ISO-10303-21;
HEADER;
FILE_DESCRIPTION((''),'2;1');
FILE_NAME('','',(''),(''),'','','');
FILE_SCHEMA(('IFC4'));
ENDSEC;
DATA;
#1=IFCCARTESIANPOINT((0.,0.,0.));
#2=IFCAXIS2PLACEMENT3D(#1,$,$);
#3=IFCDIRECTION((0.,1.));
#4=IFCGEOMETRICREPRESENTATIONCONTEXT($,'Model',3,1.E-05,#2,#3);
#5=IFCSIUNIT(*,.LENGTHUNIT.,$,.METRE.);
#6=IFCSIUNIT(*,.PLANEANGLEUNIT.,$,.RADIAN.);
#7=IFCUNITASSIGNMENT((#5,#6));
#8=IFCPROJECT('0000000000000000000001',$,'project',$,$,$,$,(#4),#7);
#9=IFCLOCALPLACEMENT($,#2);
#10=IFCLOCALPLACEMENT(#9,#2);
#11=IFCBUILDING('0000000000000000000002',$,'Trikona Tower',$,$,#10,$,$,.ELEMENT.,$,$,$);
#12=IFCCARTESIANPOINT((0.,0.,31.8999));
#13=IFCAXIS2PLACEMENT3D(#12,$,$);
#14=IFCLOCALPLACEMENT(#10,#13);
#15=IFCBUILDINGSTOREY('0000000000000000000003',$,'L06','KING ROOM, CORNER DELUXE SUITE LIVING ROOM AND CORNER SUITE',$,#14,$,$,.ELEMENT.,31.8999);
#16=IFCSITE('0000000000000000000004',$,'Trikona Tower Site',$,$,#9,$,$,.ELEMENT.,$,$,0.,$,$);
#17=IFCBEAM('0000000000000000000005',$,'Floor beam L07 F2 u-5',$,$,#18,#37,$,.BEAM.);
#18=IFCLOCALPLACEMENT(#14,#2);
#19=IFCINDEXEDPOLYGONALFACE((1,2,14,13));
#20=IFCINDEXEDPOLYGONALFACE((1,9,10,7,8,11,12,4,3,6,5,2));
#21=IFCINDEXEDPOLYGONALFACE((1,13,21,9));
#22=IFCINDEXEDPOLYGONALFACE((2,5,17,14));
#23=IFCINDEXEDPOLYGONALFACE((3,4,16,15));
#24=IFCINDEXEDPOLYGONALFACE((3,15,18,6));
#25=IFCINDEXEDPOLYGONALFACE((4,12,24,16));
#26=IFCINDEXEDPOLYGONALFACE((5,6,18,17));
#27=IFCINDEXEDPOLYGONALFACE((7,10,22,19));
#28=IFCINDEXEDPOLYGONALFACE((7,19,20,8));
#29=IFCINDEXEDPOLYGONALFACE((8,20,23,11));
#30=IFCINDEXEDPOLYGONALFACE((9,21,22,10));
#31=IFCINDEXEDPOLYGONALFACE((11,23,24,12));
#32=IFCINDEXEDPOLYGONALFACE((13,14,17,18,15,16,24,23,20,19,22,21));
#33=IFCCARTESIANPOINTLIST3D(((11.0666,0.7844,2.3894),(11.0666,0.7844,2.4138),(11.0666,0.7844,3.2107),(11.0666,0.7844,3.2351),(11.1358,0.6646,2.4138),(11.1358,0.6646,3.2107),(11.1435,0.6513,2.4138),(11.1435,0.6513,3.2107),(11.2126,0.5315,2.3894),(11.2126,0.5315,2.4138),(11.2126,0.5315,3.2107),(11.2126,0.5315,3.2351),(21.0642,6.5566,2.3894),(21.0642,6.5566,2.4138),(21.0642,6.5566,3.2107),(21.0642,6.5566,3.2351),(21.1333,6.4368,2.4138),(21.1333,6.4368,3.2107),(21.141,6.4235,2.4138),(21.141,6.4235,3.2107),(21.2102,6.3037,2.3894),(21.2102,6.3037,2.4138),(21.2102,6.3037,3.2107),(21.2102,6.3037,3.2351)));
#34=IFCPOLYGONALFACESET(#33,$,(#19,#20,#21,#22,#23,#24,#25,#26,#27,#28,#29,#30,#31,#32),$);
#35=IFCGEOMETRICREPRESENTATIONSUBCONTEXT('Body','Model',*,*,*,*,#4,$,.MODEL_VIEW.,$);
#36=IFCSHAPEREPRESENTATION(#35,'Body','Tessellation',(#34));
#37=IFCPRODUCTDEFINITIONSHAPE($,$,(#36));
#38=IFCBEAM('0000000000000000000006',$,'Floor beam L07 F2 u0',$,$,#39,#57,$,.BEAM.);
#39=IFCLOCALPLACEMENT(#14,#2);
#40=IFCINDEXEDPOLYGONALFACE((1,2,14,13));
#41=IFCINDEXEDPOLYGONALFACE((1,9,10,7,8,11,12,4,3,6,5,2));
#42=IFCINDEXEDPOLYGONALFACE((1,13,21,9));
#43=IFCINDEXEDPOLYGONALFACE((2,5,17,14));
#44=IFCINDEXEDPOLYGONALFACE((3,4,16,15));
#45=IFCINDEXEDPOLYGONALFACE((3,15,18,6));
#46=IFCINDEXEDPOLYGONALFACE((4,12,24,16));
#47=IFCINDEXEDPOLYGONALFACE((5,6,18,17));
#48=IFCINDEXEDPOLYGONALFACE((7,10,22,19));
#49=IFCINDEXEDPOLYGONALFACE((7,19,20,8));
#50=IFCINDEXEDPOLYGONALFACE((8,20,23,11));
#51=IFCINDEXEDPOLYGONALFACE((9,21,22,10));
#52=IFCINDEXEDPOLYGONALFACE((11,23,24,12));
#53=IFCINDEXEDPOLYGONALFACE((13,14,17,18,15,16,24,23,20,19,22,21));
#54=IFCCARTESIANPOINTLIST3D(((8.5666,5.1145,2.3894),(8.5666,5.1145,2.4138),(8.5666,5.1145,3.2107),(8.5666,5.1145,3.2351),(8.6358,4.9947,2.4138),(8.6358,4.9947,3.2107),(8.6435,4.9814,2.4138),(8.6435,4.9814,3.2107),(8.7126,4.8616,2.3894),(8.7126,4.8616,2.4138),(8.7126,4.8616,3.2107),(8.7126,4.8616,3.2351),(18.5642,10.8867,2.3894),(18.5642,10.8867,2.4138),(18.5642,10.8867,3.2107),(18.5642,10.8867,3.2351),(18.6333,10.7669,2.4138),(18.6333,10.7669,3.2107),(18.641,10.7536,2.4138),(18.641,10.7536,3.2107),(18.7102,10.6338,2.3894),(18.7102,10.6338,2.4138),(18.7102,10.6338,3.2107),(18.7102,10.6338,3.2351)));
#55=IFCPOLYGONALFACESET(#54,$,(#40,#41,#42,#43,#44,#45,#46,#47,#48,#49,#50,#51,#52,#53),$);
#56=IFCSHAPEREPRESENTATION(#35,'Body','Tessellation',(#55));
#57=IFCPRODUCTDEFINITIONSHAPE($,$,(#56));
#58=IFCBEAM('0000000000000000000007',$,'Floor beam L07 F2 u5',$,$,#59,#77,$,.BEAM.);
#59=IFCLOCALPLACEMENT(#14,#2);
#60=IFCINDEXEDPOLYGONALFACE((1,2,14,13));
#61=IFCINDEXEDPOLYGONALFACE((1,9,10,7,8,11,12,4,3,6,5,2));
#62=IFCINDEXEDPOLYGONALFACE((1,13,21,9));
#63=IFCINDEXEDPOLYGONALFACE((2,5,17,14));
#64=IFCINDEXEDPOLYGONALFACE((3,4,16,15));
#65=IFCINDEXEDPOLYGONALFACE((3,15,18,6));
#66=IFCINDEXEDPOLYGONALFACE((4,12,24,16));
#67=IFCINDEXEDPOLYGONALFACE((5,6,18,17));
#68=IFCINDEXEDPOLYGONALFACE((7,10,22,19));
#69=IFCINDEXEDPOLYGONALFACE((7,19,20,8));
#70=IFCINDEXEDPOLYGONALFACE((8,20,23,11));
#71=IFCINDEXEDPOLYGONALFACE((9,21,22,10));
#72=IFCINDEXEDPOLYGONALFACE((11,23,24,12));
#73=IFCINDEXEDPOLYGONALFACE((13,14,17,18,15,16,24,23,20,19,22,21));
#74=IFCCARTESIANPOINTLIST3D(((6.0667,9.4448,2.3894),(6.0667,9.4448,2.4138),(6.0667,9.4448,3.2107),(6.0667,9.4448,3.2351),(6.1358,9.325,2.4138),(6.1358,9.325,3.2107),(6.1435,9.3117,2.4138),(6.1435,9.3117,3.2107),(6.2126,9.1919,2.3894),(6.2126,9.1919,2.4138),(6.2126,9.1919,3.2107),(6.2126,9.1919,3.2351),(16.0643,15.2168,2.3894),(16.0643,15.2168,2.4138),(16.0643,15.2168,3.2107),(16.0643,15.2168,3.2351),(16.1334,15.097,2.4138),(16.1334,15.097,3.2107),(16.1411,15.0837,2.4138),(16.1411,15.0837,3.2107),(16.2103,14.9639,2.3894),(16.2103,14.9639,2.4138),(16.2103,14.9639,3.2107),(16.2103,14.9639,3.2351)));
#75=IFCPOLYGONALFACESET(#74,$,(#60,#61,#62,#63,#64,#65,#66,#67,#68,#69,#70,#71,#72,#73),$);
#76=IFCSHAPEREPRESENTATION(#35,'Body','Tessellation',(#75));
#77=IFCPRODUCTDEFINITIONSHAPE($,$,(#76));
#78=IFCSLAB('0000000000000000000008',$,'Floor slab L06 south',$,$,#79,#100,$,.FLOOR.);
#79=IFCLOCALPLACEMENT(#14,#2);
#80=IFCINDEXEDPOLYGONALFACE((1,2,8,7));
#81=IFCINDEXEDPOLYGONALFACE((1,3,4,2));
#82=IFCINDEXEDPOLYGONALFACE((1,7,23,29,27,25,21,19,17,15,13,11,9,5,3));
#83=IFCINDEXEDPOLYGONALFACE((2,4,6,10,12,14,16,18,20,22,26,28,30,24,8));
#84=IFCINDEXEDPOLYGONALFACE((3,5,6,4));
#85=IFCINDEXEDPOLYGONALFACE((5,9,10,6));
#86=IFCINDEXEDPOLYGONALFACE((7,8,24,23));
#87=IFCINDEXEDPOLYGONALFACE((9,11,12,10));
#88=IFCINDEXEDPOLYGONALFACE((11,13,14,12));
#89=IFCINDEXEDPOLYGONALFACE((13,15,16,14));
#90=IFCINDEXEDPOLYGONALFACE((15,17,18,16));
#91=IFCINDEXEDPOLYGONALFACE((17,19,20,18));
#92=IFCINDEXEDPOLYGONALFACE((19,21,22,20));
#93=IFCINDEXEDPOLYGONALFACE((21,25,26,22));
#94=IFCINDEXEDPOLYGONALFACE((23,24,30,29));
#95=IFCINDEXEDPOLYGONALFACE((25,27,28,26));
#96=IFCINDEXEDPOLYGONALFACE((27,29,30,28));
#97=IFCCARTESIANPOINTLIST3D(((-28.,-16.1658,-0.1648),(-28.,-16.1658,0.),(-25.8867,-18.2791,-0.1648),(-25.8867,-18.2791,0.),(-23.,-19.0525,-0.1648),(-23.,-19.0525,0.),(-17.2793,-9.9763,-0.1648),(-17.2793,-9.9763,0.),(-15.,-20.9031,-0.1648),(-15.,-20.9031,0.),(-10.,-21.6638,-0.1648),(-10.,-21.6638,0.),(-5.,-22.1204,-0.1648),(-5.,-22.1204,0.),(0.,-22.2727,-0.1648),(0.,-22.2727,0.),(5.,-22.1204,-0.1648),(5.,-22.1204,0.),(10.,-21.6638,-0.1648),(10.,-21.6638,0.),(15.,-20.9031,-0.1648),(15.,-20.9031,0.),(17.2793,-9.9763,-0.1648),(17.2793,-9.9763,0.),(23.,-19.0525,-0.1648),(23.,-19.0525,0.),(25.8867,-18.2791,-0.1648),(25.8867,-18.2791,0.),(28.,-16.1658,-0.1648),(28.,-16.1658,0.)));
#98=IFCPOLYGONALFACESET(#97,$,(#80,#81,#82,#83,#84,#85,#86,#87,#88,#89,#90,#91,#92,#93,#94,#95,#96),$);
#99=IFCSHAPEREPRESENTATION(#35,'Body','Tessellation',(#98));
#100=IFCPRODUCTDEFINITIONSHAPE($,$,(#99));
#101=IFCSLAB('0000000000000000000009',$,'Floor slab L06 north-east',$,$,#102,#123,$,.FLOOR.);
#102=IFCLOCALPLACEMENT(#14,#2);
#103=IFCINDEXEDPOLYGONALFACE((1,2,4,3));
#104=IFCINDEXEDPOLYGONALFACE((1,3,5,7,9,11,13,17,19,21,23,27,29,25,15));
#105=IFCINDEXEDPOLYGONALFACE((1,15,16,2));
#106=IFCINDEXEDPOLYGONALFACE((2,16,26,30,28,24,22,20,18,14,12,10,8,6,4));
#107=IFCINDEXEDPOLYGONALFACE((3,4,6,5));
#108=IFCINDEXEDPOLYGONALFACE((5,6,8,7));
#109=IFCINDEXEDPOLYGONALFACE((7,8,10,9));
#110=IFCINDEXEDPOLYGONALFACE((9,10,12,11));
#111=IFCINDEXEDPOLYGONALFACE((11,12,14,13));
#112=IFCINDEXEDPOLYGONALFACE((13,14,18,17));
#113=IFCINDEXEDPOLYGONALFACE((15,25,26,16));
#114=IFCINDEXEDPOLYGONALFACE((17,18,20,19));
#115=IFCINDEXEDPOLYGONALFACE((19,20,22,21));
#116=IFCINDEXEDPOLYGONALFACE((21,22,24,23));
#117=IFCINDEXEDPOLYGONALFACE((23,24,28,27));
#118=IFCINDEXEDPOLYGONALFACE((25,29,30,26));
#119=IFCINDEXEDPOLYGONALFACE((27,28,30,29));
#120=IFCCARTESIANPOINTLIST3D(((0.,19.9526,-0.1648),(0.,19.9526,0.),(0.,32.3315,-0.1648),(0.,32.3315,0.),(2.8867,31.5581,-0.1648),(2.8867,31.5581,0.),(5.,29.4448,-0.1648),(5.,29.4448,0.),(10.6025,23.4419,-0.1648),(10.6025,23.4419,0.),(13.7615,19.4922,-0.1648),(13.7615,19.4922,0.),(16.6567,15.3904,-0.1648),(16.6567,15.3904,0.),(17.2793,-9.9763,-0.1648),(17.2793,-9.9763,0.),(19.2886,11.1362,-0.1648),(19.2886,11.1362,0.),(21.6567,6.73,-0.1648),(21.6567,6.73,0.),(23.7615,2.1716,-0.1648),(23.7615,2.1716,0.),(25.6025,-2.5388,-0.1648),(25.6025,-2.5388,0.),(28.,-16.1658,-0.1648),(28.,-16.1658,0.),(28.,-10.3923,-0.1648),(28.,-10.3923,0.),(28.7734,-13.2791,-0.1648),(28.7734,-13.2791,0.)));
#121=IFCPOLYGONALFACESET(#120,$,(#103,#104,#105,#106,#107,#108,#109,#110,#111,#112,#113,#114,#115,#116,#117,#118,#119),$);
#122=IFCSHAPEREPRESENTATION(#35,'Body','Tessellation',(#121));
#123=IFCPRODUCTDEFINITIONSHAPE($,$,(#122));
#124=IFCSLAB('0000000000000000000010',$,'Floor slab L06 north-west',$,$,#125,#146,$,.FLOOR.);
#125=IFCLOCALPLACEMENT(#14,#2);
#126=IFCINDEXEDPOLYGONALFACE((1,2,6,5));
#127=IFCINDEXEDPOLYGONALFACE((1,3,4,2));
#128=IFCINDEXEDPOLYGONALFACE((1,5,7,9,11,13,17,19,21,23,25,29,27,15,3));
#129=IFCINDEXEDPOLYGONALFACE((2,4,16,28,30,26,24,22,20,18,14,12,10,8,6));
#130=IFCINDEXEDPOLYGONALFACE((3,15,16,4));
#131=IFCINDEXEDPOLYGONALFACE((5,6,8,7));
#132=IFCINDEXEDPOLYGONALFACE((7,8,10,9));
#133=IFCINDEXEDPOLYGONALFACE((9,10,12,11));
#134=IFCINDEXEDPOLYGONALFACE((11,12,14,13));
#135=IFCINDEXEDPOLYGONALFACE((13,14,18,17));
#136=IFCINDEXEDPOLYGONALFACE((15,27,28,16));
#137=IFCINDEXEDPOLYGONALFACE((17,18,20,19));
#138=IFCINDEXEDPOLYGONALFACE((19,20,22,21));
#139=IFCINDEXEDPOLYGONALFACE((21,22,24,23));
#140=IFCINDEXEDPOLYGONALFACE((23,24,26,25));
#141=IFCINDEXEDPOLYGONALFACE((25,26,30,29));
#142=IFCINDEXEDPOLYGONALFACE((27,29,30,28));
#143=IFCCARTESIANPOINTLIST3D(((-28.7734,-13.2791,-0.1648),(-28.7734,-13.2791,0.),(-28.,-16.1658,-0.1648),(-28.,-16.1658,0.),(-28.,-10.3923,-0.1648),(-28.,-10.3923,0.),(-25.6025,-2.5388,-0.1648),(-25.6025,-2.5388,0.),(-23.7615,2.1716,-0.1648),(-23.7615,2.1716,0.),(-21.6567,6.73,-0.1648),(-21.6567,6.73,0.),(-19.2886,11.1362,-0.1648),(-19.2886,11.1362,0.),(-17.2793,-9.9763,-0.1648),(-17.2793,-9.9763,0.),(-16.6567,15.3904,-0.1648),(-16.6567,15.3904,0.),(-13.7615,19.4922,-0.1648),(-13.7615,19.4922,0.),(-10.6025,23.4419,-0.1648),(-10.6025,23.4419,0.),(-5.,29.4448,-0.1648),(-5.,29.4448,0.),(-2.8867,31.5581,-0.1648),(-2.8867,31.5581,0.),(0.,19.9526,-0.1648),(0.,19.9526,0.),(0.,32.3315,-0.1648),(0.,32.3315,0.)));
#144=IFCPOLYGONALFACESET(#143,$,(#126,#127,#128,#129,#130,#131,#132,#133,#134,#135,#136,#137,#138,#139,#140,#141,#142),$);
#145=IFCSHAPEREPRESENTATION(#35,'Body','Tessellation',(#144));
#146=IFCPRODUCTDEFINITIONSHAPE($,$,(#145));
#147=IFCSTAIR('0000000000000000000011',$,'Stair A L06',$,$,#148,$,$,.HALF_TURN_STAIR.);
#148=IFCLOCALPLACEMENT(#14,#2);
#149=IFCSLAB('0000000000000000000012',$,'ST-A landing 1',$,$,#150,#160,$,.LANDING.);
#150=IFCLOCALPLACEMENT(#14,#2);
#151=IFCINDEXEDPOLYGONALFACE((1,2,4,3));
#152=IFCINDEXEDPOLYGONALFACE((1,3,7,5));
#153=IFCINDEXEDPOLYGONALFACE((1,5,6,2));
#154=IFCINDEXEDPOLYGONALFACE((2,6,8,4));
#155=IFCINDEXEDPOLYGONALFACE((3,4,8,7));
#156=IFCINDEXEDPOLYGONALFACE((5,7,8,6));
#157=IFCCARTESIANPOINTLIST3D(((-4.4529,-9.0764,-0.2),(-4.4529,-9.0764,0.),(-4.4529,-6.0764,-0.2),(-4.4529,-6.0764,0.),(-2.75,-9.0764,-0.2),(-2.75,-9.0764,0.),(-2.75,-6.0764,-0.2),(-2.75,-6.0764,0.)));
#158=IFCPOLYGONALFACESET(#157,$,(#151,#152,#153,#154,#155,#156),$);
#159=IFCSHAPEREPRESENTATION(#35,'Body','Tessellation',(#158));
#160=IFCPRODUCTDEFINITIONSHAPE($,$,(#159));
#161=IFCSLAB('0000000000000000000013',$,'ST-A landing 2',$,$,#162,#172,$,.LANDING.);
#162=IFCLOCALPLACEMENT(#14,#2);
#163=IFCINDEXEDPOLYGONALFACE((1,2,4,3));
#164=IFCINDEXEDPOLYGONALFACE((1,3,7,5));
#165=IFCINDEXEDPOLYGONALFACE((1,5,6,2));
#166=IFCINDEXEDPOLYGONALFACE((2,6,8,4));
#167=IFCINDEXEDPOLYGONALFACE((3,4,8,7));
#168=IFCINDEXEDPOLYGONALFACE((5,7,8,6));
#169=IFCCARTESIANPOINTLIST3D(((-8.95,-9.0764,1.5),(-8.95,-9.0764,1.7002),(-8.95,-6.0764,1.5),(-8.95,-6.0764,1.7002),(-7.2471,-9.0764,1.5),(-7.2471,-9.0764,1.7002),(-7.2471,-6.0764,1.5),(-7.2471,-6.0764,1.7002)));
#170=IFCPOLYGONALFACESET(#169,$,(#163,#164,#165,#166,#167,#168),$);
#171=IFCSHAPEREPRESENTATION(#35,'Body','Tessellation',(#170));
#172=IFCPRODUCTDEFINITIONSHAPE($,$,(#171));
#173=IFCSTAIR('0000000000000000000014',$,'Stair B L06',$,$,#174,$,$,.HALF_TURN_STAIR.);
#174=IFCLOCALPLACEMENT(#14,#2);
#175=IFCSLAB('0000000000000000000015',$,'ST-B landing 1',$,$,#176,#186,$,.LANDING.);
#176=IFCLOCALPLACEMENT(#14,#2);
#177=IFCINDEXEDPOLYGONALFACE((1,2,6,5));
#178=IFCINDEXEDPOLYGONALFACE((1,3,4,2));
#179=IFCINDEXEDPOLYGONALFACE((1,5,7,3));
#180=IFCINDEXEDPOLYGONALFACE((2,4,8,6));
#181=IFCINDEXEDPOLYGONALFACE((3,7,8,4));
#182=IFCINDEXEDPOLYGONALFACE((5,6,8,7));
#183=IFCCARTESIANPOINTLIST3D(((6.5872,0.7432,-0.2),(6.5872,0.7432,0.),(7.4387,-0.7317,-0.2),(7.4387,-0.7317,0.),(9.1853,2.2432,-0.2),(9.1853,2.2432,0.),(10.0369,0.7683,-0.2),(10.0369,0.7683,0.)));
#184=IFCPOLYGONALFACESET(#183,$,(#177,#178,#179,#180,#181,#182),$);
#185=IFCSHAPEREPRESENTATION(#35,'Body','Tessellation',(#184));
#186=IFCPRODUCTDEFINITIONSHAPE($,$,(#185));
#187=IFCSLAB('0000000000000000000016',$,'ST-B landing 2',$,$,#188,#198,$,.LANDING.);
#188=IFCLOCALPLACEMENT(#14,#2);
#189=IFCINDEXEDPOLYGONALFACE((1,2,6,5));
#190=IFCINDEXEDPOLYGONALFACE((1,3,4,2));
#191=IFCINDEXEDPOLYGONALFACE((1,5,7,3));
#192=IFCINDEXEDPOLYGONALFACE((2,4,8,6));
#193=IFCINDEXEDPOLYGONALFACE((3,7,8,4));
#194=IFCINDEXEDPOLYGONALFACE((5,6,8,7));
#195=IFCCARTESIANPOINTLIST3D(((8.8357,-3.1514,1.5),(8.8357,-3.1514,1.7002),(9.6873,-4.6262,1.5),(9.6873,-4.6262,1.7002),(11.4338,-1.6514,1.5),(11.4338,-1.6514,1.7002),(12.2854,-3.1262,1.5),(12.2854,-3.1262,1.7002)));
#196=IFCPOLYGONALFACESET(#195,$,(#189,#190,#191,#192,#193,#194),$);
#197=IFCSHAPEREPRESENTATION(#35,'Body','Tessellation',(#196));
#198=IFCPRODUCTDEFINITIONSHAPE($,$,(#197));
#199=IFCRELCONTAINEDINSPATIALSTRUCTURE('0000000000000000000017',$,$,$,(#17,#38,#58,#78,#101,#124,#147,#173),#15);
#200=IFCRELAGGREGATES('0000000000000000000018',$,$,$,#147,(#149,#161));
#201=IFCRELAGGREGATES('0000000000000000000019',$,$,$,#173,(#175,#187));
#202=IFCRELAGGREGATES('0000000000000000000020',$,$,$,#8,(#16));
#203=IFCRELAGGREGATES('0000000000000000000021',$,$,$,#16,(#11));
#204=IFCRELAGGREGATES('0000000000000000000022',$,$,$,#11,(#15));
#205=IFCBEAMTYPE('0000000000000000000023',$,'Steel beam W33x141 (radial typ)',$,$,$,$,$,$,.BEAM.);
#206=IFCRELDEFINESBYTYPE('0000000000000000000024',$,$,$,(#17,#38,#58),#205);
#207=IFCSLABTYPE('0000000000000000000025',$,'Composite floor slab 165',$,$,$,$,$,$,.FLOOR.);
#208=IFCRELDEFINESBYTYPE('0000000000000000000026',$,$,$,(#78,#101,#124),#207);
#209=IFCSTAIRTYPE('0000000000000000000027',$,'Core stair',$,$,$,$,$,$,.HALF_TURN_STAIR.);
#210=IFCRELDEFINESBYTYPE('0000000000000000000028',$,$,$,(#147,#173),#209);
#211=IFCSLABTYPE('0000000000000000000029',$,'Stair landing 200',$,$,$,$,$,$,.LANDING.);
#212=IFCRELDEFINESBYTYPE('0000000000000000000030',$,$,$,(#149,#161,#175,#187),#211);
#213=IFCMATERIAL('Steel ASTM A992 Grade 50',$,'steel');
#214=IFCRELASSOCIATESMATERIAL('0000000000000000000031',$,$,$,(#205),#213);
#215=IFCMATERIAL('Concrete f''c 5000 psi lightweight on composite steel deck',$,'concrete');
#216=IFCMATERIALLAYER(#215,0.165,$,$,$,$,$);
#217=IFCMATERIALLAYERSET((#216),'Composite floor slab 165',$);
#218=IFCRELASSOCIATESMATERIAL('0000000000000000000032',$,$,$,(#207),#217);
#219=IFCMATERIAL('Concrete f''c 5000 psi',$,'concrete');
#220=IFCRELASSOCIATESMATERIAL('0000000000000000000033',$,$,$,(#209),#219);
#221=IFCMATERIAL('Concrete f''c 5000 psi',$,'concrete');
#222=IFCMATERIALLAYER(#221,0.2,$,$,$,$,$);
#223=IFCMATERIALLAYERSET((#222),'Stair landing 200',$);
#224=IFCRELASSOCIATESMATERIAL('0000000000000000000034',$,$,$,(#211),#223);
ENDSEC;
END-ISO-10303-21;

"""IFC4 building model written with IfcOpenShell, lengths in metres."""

from ifc_helpers import new_model, si_unit, direction, frame, origin, origin_2d, place, context, subcontext, project, spatial, polyline, i_section, outline, extrude, material, layer, layer_set, material_profile, profile_set, type_object, element, aggregate, save


model = new_model("IFC4")

# Units and contexts
model_context = context("Model", 3, precision=1e-05, world=origin(), true_north=direction((0.0, 1.0)))
body_context = subcontext(model_context, "Body", "Model", "MODEL_VIEW")
ifc_project = project(units=[si_unit("LENGTHUNIT", "METRE"), si_unit("PLANEANGLEUNIT", "RADIAN")], contexts=[model_context])

# Site, building, storey
site_placement = place(None, origin())
site = spatial("IfcSite", under=ifc_project, at=site_placement, Name="Trikona Tower Site", CompositionType="ELEMENT", RefElevation=0.0)
building_placement = place(site_placement, origin())
building = spatial("IfcBuilding", under=site, at=building_placement, Name="Trikona Tower", CompositionType="ELEMENT")
storey_placement = place(building_placement, frame((0.0, 0.0, 31.8999)))
storey = spatial("IfcBuildingStorey", under=building, at=storey_placement, Name="L06", Description="KING ROOM, CORNER DELUXE SUITE LIVING ROOM AND CORNER SUITE", CompositionType="ELEMENT", Elevation=31.8999)

# Beams
ifc_material_1 = material(Name="Steel ASTM A992 Grade 50", Category="steel")
ifc_material_profile = material_profile(ifc_material_1, i_section(OverallWidth=0.292, OverallDepth=0.8457, WebThickness=0.0154, FlangeThickness=0.0244, at=origin_2d()), Name="W33X141")
ifc_profile_set = profile_set([ifc_material_profile], Name="Steel ASTM A992 Grade 50")
beam_type = type_object("IfcBeamType", Name="Steel beam W33x141 (radial typ)", PredefinedType="BEAM", material=ifc_profile_set)
for number, where, z_axis, x_axis, name in (
    (1, (11.1396, 0.658, 2.8123), (0.866021, 0.500008, 0.0), (-0.500008, 0.866021, 0.0), "Floor beam L07 F2 u-5"),
    (2, (8.6396, 4.988, 2.8123), (0.866021, 0.500008, 0.0), (-0.500008, 0.866021, 0.0), "Floor beam L07 F2 u0"),
    (3, (6.1396, 9.3184, 2.8123), (0.86603, 0.499992, 0.0), (-0.499992, 0.86603, 0.0), "Floor beam L07 F2 u5"),
):
    element("IfcBeam", number, at=place(storey_placement, frame(where, z_axis=z_axis, x_axis=x_axis)), inside=storey, type_object=beam_type, Name=name, PredefinedType="BEAM", context=body_context, shape_type="SweptSolid", body=[
        extrude(i_section(OverallWidth=0.292, OverallDepth=0.8457, WebThickness=0.0154, FlangeThickness=0.0244, at=origin_2d()), origin(), (0.0, 0.0, 1.0), 11.5442),
    ])

# Slabs
ifc_material_2 = material(Name="Concrete f'c 5000 psi lightweight on composite steel deck", Category="concrete")
ifc_layer_1 = layer(ifc_material_2, 0.165)
ifc_layer_set_1 = layer_set([ifc_layer_1], Name="Composite floor slab 165")
slab_type_1 = type_object("IfcSlabType", Name="Composite floor slab 165", PredefinedType="FLOOR", material=ifc_layer_set_1)
slab_1_placement = place(storey_placement, frame((0.0, 0.0, -0.1648)))
element("IfcSlab", 4, at=slab_1_placement, inside=storey, type_object=slab_type_1, Name="Floor slab L06 south", PredefinedType="FLOOR", context=body_context, shape_type="SweptSolid", body=[
    extrude(outline(polyline([(25.8867, -18.2791), (28.0, -16.1658), (17.2793, -9.9763), (-17.2793, -9.9763), (-28.0, -16.1658), (-25.8867, -18.2791), (-23.0, -19.0525), (-15.0, -20.9031), (-10.0, -21.6638), (-5.0, -22.1204), (0.0, -22.2727), (5.0, -22.1204), (10.0, -21.6638), (15.0, -20.9031), (23.0, -19.0525), (25.8867, -18.2791)])), origin(), (0.0, 0.0, 1.0), 0.1648),
])
slab_2_placement = place(storey_placement, frame((0.0, 0.0, -0.1648)))
element("IfcSlab", 5, at=slab_2_placement, inside=storey, type_object=slab_type_1, Name="Floor slab L06 north-east", PredefinedType="FLOOR", context=body_context, shape_type="SweptSolid", body=[
    extrude(outline(polyline([(2.8867, 31.5581), (0.0, 32.3315), (0.0, 19.9526), (17.2793, -9.9763), (28.0, -16.1658), (28.7734, -13.2791), (28.0, -10.3923), (25.6025, -2.5388), (23.7615, 2.1716), (21.6567, 6.73), (19.2886, 11.1362), (16.6567, 15.3904), (13.7615, 19.4922), (10.6025, 23.4419), (5.0, 29.4448), (2.8867, 31.5581)])), origin(), (0.0, 0.0, 1.0), 0.1648),
])
slab_3_placement = place(storey_placement, frame((0.0, 0.0, -0.1648)))
element("IfcSlab", 6, at=slab_3_placement, inside=storey, type_object=slab_type_1, Name="Floor slab L06 north-west", PredefinedType="FLOOR", context=body_context, shape_type="SweptSolid", body=[
    extrude(outline(polyline([(0.0, 19.9526), (0.0, 32.3315), (-2.8867, 31.5581), (-5.0, 29.4448), (-10.6025, 23.4419), (-13.7615, 19.4922), (-16.6567, 15.3904), (-19.2886, 11.1362), (-21.6567, 6.73), (-23.7615, 2.1716), (-25.6025, -2.5388), (-28.0, -10.3923), (-28.7734, -13.2791), (-28.0, -16.1658), (-17.2793, -9.9763), (0.0, 19.9526)])), origin(), (0.0, 0.0, 1.0), 0.1648),
])

# Stairs, slabs
ifc_material_3 = material(Name="Concrete f'c 5000 psi", Category="concrete")
stair_type = type_object("IfcStairType", Name="Core stair", PredefinedType="HALF_TURN_STAIR", material=ifc_material_3)
stair_1_placement = place(storey_placement, origin())
stair_1 = element("IfcStair", 7, at=stair_1_placement, inside=storey, type_object=stair_type, Name="Stair A L06", PredefinedType="HALF_TURN_STAIR")
ifc_material_4 = material(Name="Concrete f'c 5000 psi", Category="concrete")
ifc_layer_2 = layer(ifc_material_4, 0.2)
ifc_layer_set_2 = layer_set([ifc_layer_2], Name="Stair landing 200")
slab_type_2 = type_object("IfcSlabType", Name="Stair landing 200", PredefinedType="LANDING", material=ifc_layer_set_2)
slab_4_placement = place(storey_placement, frame((0.0, 0.0, -0.2)))
slab_4 = element("IfcSlab", 8, at=slab_4_placement, type_object=slab_type_2, Name="ST-A landing 1", PredefinedType="LANDING", context=body_context, shape_type="SweptSolid", body=[
    extrude(outline(polyline([(-4.4529, -6.0764), (-2.75, -6.0764), (-2.75, -9.0764), (-4.4529, -9.0764), (-4.4529, -6.0764)])), origin(), (0.0, 0.0, 1.0), 0.2),
])
slab_5_placement = place(storey_placement, frame((0.0, 0.0, 1.5)))
slab_5 = element("IfcSlab", 9, at=slab_5_placement, type_object=slab_type_2, Name="ST-A landing 2", PredefinedType="LANDING", context=body_context, shape_type="SweptSolid", body=[
    extrude(outline(polyline([(-8.95, -6.0764), (-7.2471, -6.0764), (-7.2471, -9.0764), (-8.95, -9.0764), (-8.95, -6.0764)])), origin(), (0.0, 0.0, 1.0), 0.2002),
])
aggregate(stair_1, [slab_4, slab_5])
stair_2_placement = place(storey_placement, origin())
stair_2 = element("IfcStair", 10, at=stair_2_placement, inside=storey, type_object=stair_type, Name="Stair B L06", PredefinedType="HALF_TURN_STAIR")
slab_6_placement = place(storey_placement, frame((0.0, 0.0, -0.2)))
slab_6 = element("IfcSlab", 11, at=slab_6_placement, type_object=slab_type_2, Name="ST-B landing 1", PredefinedType="LANDING", context=body_context, shape_type="SweptSolid", body=[
    extrude(outline(polyline([(7.4387, -0.7317), (6.5872, 0.7432), (9.1853, 2.2432), (10.0369, 0.7683), (7.4387, -0.7317)])), origin(), (0.0, 0.0, 1.0), 0.2),
])
slab_7_placement = place(storey_placement, frame((0.0, 0.0, 1.5)))
slab_7 = element("IfcSlab", 12, at=slab_7_placement, type_object=slab_type_2, Name="ST-B landing 2", PredefinedType="LANDING", context=body_context, shape_type="SweptSolid", body=[
    extrude(outline(polyline([(9.6873, -4.6262), (8.8357, -3.1514), (11.4338, -1.6514), (12.2854, -3.1262), (9.6873, -4.6262)])), origin(), (0.0, 0.0, 1.0), 0.2002),
])

aggregate(stair_2, [slab_6, slab_7])

save(model, "model.ifc")
